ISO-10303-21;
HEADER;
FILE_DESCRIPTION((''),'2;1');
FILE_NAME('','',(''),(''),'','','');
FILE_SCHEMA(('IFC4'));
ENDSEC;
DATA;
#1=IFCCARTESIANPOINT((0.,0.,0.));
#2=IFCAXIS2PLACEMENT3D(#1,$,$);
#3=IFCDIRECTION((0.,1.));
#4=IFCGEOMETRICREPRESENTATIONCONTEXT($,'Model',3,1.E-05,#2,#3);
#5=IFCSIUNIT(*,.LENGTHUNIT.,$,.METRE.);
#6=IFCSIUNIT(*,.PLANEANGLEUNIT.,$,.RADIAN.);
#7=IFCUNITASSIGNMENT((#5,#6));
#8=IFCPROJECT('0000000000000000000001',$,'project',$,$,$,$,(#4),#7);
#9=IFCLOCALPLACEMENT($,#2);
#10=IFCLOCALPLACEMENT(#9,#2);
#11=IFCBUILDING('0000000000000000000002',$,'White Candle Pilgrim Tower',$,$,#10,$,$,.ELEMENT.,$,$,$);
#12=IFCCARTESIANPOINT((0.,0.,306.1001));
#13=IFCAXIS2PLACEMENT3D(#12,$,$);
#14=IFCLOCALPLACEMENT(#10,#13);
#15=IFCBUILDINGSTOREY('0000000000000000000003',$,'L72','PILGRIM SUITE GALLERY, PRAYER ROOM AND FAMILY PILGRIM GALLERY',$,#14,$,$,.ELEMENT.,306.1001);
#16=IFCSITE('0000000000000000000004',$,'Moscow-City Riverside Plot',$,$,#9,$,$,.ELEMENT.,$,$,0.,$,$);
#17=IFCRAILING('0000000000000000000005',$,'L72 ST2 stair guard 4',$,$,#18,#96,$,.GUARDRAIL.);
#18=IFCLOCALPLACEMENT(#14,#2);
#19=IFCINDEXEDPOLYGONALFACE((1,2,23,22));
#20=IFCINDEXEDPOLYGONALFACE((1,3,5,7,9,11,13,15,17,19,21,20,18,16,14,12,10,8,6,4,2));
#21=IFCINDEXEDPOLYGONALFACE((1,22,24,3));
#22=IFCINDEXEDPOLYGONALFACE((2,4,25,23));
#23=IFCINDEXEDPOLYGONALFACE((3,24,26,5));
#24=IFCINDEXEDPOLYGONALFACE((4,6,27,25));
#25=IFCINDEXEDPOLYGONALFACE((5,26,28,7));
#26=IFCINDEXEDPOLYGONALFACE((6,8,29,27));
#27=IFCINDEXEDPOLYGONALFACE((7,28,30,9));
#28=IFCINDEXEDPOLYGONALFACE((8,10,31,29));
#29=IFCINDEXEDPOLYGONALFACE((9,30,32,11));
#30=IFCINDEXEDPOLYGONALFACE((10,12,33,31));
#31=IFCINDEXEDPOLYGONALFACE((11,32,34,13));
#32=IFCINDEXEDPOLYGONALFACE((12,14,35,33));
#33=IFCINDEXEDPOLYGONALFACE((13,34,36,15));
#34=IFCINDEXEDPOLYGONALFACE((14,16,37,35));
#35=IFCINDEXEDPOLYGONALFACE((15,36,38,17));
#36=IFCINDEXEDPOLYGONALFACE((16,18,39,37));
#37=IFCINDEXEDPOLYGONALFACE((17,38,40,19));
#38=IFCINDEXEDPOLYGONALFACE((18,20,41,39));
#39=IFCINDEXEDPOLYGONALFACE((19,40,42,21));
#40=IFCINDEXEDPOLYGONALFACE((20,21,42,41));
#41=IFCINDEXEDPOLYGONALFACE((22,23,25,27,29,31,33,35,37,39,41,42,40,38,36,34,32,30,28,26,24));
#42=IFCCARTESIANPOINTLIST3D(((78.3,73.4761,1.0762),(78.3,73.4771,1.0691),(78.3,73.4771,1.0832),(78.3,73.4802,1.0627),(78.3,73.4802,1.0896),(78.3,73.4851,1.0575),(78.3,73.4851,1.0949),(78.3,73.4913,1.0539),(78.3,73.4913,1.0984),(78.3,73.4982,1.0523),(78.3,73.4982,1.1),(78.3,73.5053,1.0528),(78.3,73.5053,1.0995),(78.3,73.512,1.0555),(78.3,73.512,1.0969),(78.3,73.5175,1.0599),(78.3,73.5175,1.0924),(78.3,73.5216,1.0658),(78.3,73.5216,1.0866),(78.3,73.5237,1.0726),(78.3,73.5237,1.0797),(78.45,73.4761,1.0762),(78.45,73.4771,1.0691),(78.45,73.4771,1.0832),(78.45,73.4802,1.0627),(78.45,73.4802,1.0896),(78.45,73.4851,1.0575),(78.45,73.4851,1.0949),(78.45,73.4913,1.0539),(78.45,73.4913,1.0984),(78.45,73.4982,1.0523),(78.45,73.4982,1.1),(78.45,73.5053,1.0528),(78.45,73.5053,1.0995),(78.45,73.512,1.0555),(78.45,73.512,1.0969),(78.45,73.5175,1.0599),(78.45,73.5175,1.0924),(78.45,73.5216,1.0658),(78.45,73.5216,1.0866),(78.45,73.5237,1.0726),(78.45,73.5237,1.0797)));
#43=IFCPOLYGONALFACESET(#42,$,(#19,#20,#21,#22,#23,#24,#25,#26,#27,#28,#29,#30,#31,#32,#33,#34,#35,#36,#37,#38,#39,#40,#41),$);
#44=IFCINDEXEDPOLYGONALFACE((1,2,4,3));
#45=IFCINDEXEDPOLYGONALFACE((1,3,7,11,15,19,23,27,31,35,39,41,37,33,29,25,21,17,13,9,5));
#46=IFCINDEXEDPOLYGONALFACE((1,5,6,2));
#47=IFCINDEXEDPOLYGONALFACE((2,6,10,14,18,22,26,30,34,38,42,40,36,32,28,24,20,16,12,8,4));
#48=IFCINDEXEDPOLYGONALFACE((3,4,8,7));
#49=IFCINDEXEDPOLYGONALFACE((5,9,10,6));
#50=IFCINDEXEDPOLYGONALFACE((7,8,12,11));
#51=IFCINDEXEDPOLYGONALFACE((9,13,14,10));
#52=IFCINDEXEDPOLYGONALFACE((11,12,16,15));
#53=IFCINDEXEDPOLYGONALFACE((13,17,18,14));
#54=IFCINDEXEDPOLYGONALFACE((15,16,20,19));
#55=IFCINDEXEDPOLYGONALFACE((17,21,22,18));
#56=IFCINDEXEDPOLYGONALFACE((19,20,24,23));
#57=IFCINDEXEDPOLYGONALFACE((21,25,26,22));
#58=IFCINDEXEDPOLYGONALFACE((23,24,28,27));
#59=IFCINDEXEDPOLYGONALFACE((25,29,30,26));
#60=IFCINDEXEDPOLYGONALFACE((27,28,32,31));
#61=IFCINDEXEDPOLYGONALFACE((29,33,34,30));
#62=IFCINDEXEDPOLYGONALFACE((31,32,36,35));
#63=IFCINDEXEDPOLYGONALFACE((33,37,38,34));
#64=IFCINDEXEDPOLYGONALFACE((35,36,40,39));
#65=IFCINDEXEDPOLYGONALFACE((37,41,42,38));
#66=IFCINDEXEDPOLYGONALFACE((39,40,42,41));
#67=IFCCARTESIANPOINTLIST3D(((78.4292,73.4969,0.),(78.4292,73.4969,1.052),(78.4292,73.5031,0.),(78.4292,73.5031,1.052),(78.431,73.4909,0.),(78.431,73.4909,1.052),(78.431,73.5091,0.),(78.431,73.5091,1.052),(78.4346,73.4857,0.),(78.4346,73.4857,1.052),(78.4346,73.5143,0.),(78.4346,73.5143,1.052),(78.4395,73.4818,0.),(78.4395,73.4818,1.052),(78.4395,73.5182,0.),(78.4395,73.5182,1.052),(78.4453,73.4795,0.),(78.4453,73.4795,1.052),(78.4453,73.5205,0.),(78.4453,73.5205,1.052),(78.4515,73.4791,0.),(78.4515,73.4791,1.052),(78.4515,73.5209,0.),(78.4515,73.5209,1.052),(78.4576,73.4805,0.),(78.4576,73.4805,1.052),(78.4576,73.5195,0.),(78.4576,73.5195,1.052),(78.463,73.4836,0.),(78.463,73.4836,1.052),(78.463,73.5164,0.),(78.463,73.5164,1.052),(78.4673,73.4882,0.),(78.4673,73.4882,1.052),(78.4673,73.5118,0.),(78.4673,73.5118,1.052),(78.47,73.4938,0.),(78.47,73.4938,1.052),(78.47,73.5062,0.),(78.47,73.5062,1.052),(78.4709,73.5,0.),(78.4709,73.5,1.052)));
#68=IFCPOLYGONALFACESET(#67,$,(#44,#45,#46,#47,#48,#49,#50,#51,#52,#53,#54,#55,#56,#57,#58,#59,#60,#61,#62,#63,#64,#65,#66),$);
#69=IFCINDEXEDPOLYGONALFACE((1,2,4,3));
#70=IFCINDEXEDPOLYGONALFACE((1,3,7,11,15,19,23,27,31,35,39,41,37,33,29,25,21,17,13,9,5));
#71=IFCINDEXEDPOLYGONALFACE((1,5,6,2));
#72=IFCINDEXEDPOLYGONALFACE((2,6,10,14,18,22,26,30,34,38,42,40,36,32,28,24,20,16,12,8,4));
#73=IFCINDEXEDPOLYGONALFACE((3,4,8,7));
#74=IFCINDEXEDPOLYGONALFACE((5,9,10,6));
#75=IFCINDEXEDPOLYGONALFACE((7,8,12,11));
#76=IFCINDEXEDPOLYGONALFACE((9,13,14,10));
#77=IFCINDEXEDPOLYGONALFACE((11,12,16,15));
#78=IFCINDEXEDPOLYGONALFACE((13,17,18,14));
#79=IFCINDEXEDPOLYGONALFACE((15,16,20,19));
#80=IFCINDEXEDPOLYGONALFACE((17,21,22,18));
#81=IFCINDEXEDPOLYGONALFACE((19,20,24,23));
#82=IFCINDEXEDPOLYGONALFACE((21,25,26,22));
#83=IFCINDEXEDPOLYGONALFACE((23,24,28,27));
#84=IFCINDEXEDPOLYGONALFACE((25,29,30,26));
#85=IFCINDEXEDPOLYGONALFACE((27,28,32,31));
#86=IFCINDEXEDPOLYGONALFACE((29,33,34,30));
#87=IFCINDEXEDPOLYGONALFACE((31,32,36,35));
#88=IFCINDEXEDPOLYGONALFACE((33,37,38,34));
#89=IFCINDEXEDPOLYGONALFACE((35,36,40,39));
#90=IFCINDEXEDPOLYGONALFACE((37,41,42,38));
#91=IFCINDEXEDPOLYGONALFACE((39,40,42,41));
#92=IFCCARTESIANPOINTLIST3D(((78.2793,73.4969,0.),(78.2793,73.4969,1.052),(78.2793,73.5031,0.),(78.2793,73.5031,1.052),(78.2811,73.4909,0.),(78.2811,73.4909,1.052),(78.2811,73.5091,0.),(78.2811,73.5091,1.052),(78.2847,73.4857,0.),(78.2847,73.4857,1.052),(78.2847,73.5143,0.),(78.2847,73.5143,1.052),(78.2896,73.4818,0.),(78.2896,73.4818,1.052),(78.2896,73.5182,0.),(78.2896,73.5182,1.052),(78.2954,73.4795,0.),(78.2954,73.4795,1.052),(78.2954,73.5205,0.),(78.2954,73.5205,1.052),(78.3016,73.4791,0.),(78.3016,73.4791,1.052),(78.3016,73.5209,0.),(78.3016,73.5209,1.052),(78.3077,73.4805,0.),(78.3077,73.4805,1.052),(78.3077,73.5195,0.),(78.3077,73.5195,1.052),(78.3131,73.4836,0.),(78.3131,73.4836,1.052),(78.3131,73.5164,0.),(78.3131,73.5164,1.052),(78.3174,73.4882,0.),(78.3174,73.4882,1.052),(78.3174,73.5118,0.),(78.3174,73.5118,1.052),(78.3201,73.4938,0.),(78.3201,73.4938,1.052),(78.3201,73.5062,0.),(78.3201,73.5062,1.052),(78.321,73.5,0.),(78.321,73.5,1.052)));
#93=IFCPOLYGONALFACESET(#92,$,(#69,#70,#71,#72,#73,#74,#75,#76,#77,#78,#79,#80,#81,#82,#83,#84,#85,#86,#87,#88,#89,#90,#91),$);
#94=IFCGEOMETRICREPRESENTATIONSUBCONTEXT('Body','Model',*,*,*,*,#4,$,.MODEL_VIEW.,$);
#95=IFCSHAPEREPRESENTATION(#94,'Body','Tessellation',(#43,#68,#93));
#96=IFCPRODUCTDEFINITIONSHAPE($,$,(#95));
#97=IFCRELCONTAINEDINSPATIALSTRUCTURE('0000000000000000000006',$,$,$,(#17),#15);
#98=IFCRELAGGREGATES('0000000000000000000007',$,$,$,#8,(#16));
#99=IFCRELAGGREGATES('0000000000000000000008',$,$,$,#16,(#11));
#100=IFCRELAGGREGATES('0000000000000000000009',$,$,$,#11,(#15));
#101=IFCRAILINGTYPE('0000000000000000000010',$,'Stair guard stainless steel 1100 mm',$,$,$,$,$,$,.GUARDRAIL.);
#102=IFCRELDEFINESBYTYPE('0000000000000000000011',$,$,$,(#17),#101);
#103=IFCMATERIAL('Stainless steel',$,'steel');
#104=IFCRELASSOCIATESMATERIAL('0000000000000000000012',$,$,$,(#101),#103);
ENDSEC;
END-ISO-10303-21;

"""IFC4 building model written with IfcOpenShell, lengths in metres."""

from ifc_helpers import new_model, si_unit, direction, frame, origin, origin_2d, place, context, subcontext, project, spatial, circle, extrude, material, type_object, element, save


model = new_model("IFC4")

# Units and contexts
model_context = context("Model", 3, precision=1e-05, world=origin(), true_north=direction((0.0, 1.0)))
body_context = subcontext(model_context, "Body", "Model", "MODEL_VIEW")
ifc_project = project(units=[si_unit("LENGTHUNIT", "METRE"), si_unit("PLANEANGLEUNIT", "RADIAN")], contexts=[model_context])

# Site, building, storey
site_placement = place(None, origin())
site = spatial("IfcSite", under=ifc_project, at=site_placement, Name="Moscow-City Riverside Plot", CompositionType="ELEMENT", RefElevation=0.0)
building_placement = place(site_placement, origin())
building = spatial("IfcBuilding", under=site, at=building_placement, Name="White Candle Pilgrim Tower", CompositionType="ELEMENT")
storey_placement = place(building_placement, frame((0.0, 0.0, 306.1001)))
storey = spatial("IfcBuildingStorey", under=building, at=storey_placement, Name="L72", Description="PILGRIM SUITE GALLERY, PRAYER ROOM AND FAMILY PILGRIM GALLERY", CompositionType="ELEMENT", Elevation=306.1001)

# Railing
ifc_material_1 = material(Name="Stainless steel", Category="steel")
railing_type_1 = type_object("IfcRailingType", Name="Stair guard stainless steel 1100 mm", PredefinedType="GUARDRAIL", material=ifc_material_1)
railing_1_placement = place(storey_placement, frame((78.45, 73.5, 0.0)))
element("IfcRailing", 1, at=railing_1_placement, inside=storey, type_object=railing_type_1, Name="L72 ST2 stair guard 4", PredefinedType="GUARDRAIL", context=body_context, shape_type="SweptSolid", body=[
    extrude(circle(Radius=0.0239, at=origin_2d()), frame((0.0, 0.0, 1.0762), z_axis=(-1.0, 0.0, 0.0), x_axis=(0.0, -1.0, 0.0)), (0.0, 0.0, 1.0), 0.1499),
    extrude(circle(Radius=0.021, at=origin_2d()), origin(), (0.0, 0.0, 1.0), 1.052),
    extrude(circle(Radius=0.021, at=origin_2d()), frame((-0.1499, 0.0, 0.0)), (0.0, 0.0, 1.0), 1.052),
])

save(model, "model.ifc")
